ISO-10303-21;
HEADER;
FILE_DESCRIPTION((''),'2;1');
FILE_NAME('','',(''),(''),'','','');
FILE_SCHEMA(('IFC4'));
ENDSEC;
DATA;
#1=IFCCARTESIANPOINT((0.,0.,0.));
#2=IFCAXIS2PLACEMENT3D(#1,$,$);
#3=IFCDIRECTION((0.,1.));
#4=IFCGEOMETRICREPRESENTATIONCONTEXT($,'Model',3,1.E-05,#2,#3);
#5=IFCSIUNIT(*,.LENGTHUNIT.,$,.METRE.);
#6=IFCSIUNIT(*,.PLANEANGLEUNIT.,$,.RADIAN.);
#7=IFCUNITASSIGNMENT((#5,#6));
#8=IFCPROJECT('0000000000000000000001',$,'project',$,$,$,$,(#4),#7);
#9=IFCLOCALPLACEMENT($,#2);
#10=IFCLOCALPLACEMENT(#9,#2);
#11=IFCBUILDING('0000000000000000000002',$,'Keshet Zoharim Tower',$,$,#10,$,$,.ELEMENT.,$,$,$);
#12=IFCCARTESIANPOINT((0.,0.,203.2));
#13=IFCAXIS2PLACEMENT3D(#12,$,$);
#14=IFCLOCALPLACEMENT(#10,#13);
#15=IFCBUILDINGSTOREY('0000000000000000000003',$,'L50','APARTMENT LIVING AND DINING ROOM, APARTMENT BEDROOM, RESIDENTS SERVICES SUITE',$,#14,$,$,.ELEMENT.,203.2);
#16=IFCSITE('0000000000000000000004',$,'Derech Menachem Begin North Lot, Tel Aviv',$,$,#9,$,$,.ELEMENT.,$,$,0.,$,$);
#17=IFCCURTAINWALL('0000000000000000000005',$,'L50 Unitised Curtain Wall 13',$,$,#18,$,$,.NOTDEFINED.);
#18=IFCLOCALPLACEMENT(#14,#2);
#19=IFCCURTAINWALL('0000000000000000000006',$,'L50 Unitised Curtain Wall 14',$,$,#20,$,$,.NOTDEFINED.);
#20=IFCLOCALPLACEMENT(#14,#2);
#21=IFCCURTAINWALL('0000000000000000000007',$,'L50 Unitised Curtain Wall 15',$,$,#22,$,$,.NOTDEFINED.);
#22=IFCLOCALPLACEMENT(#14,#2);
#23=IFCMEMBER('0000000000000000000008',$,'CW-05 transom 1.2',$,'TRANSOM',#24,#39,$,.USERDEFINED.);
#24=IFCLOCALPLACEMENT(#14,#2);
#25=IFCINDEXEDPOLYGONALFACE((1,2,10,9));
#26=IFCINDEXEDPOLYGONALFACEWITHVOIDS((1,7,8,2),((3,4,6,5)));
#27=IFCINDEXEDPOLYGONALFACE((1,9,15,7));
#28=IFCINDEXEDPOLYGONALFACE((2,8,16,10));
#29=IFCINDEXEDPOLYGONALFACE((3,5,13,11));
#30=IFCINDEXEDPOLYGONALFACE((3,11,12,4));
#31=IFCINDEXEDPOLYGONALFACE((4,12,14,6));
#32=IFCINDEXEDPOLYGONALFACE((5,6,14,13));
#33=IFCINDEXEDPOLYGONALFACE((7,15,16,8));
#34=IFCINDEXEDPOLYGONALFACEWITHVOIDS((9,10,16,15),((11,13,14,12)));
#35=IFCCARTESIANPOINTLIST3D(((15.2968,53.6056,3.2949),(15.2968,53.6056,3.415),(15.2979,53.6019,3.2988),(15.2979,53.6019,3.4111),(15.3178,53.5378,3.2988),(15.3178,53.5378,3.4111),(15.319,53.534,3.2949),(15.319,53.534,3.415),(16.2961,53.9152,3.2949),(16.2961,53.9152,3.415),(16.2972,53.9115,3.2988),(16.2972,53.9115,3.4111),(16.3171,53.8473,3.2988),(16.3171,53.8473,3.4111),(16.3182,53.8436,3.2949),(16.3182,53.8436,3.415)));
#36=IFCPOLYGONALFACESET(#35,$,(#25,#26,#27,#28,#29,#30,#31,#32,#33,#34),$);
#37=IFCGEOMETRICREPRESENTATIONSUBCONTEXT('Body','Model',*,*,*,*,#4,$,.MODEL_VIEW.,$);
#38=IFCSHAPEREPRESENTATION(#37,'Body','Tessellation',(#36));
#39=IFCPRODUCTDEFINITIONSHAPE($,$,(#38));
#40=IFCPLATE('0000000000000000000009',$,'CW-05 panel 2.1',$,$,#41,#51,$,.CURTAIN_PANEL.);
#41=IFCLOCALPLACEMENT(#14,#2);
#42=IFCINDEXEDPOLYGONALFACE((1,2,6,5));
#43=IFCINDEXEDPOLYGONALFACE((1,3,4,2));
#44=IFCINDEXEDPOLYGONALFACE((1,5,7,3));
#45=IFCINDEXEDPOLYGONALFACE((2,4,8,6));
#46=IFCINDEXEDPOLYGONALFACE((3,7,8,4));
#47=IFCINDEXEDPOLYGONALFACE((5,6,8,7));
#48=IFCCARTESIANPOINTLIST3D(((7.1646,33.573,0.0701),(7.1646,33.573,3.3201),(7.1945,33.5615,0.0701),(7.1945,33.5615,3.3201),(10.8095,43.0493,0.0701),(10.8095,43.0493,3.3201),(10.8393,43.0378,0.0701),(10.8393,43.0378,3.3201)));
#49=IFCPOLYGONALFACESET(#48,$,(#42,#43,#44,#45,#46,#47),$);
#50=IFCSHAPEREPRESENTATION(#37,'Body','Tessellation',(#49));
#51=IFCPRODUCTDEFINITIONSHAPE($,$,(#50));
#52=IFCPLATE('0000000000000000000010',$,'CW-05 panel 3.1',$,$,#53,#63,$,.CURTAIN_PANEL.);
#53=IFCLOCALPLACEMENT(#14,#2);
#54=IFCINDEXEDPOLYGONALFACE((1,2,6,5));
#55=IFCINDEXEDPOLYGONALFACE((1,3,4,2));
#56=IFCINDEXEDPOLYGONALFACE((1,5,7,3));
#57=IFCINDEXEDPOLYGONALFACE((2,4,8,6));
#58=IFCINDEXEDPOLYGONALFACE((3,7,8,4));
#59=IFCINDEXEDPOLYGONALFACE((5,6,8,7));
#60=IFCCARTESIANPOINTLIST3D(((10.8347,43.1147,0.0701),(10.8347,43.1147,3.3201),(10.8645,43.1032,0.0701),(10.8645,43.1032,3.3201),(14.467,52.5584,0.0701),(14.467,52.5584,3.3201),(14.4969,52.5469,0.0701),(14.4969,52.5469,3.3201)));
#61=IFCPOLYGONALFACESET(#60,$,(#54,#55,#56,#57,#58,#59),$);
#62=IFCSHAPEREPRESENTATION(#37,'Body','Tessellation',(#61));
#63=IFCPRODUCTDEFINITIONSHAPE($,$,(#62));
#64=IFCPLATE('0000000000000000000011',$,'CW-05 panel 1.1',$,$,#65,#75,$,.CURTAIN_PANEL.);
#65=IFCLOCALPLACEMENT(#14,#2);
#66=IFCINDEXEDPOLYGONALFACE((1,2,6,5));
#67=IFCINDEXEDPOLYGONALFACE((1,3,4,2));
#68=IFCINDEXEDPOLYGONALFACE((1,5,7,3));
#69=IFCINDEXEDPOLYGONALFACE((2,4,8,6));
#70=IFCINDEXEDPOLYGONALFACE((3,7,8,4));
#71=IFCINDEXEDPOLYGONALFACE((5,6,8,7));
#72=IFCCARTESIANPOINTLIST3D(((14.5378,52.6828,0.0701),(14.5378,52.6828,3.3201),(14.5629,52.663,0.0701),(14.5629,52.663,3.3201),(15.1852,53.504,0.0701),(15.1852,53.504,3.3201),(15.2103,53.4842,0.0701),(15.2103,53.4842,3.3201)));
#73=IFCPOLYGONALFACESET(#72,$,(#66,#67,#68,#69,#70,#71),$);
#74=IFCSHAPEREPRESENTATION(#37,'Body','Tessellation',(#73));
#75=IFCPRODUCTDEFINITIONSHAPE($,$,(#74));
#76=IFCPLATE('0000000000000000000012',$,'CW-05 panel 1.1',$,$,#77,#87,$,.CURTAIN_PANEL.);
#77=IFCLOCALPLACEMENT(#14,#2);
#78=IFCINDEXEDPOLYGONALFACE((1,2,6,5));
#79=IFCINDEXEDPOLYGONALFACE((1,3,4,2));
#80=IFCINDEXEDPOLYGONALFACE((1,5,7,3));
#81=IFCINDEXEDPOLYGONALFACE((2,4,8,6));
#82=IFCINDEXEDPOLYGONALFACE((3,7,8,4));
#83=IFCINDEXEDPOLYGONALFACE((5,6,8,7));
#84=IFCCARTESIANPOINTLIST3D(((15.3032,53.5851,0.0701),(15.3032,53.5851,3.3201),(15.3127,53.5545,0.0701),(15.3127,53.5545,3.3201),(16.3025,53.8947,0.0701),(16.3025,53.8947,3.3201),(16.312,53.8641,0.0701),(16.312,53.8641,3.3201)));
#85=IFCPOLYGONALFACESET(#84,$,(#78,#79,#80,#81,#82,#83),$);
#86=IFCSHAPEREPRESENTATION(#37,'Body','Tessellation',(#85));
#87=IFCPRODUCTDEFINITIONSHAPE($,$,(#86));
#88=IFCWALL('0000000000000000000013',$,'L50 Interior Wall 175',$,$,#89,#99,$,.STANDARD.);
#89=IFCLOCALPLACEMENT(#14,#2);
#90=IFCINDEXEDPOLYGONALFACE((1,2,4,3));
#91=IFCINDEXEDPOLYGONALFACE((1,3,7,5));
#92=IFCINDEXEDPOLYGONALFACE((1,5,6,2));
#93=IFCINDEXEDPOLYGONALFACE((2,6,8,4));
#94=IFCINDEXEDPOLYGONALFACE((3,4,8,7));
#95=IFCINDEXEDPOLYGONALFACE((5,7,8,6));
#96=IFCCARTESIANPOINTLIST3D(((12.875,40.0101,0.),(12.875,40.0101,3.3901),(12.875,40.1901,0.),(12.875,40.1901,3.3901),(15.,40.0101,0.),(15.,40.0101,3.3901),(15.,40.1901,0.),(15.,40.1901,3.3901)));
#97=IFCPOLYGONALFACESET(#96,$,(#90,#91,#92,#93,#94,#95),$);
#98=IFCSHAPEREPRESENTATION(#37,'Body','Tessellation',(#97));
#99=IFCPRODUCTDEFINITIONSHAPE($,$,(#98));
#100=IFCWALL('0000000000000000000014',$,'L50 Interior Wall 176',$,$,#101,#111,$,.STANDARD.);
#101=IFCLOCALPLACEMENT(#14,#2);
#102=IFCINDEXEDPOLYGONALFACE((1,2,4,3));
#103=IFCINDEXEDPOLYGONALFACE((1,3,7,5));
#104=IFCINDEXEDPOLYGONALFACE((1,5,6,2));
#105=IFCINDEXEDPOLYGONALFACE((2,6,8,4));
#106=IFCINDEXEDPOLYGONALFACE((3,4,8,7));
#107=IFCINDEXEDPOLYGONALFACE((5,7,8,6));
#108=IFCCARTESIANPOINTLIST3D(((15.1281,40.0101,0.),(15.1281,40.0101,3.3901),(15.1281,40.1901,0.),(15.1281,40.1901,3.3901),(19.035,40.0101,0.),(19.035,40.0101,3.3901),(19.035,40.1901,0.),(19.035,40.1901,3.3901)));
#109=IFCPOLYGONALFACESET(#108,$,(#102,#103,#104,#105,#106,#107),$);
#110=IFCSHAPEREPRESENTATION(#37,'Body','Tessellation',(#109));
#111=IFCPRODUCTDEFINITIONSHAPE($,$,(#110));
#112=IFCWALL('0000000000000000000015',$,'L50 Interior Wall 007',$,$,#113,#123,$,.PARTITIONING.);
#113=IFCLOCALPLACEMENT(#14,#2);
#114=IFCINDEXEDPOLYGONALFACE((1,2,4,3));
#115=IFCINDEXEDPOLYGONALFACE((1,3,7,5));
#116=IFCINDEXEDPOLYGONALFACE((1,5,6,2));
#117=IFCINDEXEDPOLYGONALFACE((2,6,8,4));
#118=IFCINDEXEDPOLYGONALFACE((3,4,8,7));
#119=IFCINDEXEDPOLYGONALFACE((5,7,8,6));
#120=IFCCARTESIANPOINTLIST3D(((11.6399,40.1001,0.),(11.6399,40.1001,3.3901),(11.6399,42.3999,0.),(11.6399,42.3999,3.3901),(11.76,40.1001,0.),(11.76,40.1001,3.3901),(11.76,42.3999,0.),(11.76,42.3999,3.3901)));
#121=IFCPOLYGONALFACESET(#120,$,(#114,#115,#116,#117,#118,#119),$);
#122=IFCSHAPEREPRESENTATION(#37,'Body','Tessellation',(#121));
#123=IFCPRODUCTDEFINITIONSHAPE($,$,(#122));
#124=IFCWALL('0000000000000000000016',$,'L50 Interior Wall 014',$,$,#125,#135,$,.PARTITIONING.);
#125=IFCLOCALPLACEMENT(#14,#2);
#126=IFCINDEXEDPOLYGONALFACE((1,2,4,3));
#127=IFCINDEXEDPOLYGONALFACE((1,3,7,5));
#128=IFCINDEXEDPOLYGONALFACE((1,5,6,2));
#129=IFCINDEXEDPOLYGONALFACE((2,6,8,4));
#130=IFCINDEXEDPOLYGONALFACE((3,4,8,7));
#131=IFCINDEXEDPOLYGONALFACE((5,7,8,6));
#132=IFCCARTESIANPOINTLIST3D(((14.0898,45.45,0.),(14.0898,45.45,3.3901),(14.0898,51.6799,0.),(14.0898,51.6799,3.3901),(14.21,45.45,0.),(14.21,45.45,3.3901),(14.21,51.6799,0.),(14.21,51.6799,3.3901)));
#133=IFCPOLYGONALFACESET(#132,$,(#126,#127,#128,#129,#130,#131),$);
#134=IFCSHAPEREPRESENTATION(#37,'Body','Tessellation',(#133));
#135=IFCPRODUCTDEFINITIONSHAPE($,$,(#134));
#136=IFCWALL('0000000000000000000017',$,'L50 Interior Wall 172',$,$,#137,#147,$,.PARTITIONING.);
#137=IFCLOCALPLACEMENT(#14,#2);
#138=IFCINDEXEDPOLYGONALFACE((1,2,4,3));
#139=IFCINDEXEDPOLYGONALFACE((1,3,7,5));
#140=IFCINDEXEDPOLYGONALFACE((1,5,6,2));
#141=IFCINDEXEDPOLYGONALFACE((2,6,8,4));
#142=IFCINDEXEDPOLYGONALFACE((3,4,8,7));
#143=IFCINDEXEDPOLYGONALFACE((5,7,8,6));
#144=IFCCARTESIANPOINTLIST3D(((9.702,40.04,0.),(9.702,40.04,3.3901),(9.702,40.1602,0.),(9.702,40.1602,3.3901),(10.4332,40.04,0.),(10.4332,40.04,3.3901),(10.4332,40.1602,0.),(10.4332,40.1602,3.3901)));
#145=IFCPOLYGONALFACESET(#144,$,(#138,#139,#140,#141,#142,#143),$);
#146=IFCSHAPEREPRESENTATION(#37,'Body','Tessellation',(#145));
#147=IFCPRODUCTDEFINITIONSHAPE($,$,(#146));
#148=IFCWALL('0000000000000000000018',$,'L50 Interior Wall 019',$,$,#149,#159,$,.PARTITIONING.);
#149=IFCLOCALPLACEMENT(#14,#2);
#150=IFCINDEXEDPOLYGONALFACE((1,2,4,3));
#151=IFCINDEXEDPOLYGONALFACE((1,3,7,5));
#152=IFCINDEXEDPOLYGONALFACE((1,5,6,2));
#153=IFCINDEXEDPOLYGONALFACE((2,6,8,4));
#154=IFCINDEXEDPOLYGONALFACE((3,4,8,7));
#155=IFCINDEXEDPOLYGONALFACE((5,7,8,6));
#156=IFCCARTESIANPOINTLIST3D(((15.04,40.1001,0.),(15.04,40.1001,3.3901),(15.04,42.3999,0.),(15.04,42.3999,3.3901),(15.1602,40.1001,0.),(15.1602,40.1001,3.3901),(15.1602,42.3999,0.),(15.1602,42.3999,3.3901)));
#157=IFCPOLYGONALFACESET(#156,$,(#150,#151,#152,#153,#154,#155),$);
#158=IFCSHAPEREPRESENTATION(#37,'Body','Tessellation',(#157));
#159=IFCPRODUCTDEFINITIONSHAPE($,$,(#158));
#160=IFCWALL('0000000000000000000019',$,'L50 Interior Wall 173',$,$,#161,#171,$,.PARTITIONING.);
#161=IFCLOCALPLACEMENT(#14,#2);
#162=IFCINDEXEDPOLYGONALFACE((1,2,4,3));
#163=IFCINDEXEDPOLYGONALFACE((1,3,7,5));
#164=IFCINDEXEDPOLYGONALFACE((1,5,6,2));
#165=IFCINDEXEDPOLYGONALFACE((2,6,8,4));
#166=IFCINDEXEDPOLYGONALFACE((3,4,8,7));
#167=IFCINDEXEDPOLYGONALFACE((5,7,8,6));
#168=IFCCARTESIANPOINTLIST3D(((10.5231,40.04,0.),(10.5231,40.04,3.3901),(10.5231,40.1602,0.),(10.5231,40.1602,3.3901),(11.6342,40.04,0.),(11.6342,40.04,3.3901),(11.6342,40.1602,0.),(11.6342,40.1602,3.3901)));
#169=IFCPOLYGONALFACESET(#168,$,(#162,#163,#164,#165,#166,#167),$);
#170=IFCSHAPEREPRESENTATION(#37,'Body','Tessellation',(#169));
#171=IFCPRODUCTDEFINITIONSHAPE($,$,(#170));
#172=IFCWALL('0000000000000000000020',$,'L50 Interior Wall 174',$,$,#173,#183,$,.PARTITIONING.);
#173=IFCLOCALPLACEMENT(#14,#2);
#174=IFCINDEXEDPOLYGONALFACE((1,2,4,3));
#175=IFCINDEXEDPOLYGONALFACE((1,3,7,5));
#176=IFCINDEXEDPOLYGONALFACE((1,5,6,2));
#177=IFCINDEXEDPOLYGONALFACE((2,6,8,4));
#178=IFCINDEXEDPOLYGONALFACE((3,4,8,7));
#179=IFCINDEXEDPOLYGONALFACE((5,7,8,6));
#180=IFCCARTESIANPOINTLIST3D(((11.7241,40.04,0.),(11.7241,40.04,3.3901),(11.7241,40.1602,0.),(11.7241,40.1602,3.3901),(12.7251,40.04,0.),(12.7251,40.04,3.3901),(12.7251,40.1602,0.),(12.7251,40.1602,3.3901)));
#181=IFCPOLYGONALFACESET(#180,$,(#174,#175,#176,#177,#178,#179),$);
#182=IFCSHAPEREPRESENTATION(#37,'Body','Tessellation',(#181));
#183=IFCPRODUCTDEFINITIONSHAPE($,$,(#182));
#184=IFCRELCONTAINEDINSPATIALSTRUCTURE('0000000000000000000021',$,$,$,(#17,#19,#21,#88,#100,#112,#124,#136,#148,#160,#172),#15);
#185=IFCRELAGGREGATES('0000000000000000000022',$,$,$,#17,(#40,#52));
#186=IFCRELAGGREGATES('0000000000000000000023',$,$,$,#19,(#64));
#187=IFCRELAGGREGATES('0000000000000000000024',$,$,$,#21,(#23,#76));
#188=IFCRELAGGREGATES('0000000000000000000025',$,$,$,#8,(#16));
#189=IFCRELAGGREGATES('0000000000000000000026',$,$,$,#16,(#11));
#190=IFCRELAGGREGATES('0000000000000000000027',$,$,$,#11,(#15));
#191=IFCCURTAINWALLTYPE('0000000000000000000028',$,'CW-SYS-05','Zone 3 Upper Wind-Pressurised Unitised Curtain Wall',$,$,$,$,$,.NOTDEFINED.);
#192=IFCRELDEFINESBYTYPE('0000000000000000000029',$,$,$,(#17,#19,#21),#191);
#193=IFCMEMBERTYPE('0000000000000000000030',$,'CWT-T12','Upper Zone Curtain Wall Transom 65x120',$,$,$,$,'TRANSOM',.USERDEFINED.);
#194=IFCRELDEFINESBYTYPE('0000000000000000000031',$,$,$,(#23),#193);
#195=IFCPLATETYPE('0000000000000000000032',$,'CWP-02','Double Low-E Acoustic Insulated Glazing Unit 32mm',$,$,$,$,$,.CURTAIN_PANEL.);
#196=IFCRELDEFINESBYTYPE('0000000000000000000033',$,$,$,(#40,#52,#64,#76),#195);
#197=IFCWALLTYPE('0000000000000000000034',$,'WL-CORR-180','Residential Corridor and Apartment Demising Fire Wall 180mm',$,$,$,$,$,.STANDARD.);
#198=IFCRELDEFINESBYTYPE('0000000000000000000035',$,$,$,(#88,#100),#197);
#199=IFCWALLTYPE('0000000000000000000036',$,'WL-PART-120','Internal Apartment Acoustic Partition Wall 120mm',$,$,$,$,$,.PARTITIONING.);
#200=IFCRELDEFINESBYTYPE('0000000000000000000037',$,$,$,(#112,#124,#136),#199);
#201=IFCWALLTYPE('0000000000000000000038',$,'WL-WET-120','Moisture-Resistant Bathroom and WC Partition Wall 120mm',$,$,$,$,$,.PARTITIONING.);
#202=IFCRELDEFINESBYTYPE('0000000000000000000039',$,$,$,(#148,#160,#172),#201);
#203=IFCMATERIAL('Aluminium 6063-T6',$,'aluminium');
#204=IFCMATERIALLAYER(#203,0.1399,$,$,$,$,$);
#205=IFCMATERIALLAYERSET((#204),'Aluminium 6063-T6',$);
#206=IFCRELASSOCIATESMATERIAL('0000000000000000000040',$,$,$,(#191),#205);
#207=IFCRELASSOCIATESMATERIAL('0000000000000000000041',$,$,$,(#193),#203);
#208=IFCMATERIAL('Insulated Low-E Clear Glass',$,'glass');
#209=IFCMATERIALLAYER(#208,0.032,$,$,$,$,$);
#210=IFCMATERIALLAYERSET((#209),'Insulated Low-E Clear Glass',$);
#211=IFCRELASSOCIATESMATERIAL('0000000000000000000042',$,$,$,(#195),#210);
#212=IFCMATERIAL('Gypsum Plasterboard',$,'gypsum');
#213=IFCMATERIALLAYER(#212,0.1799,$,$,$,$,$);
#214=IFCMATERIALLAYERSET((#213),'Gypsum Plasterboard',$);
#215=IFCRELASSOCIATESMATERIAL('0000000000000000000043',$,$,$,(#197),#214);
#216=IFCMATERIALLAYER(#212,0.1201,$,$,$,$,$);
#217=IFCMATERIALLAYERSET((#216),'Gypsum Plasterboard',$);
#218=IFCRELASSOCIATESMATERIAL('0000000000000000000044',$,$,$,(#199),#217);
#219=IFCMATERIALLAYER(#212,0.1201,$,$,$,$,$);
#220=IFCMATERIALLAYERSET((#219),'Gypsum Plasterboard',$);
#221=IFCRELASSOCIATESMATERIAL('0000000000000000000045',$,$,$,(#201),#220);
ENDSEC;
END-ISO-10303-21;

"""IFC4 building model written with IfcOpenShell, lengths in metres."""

from ifc_helpers import new_model, si_unit, direction, frame, frame_2d, origin, origin_2d, place, context, subcontext, project, spatial, rectangle, hollow_rectangle, extrude, material, layer, layer_set, material_profile, profile_set, type_object, element, aggregate, save


model = new_model("IFC4")

# Units and contexts
model_context = context("Model", 3, precision=1e-05, world=origin(), true_north=direction((0.0, 1.0)))
body_context = subcontext(model_context, "Body", "Model", "MODEL_VIEW")
ifc_project = project(units=[si_unit("LENGTHUNIT", "METRE"), si_unit("PLANEANGLEUNIT", "RADIAN")], contexts=[model_context])

# Site, building, storey
site_placement = place(None, origin())
site = spatial("IfcSite", under=ifc_project, at=site_placement, Name="Derech Menachem Begin North Lot, Tel Aviv", CompositionType="ELEMENT", RefElevation=0.0)
building_placement = place(site_placement, origin())
building = spatial("IfcBuilding", under=site, at=building_placement, Name="Keshet Zoharim Tower", CompositionType="ELEMENT")
storey_placement = place(building_placement, frame((0.0, 0.0, 203.2)))
storey = spatial("IfcBuildingStorey", under=building, at=storey_placement, Name="L50", Description="APARTMENT LIVING AND DINING ROOM, APARTMENT BEDROOM, RESIDENTS SERVICES SUITE", CompositionType="ELEMENT", Elevation=203.2)

# Curtain walls
ifc_material_1 = material(Name="Aluminium 6063-T6", Category="aluminium")
ifc_layer_1 = layer(ifc_material_1, 0.1399)
ifc_layer_set_1 = layer_set([ifc_layer_1], Name="Aluminium 6063-T6")
curtain_wall_type = type_object("IfcCurtainWallType", Name="CW-SYS-05", Description="Zone 3 Upper Wind-Pressurised Unitised Curtain Wall", PredefinedType="NOTDEFINED", material=ifc_layer_set_1)
curtain_wall_1_placement = place(storey_placement, origin())
curtain_wall_1 = element("IfcCurtainWall", 1, at=curtain_wall_1_placement, inside=storey, type_object=curtain_wall_type, Name="L50 Unitised Curtain Wall 13", PredefinedType="NOTDEFINED")
curtain_wall_2_placement = place(storey_placement, origin())
curtain_wall_2 = element("IfcCurtainWall", 2, at=curtain_wall_2_placement, inside=storey, type_object=curtain_wall_type, Name="L50 Unitised Curtain Wall 14", PredefinedType="NOTDEFINED")
curtain_wall_3_placement = place(storey_placement, origin())
curtain_wall_3 = element("IfcCurtainWall", 3, at=curtain_wall_3_placement, inside=storey, type_object=curtain_wall_type, Name="L50 Unitised Curtain Wall 15", PredefinedType="NOTDEFINED")

# Member
ifc_material_profile_1 = material_profile(ifc_material_1, hollow_rectangle(XDim=0.075, YDim=0.1201, WallThickness=0.0039, at=origin_2d()), Name="TRN-75x120")
ifc_profile_set_1 = profile_set([ifc_material_profile_1], Name="Aluminium 6063-T6")
member_type_1 = type_object("IfcMemberType", Name="CWT-T12", Description="Upper Zone Curtain Wall Transom 65x120", ElementType="TRANSOM", PredefinedType="USERDEFINED", material=ifc_profile_set_1)
member_1_placement = place(storey_placement, frame((15.3079, 53.5698, 3.355), z_axis=(0.955212, 0.295922, 0.0), x_axis=(-0.295922, 0.955212, 0.0)))
member_1 = element("IfcMember", 4, at=member_1_placement, type_object=member_type_1, Name="CW-05 transom 1.2", ObjectType="TRANSOM", PredefinedType="USERDEFINED", context=body_context, shape_type="SweptSolid", body=[
    extrude(hollow_rectangle(XDim=0.075, YDim=0.1201, WallThickness=0.0039, at=origin_2d()), origin(), (0.0, 0.0, 1.0), 1.0461),
])

# Plates
ifc_material_2 = material(Name="Insulated Low-E Clear Glass", Category="glass")
ifc_layer_2 = layer(ifc_material_2, 0.032)
ifc_layer_set_2 = layer_set([ifc_layer_2], Name="Insulated Low-E Clear Glass")
plate_type = type_object("IfcPlateType", Name="CWP-02", Description="Double Low-E Acoustic Insulated Glazing Unit 32mm", PredefinedType="CURTAIN_PANEL", material=ifc_layer_set_2)
plate_1_placement = place(storey_placement, frame((9.002, 38.3054, 0.0701), z_axis=(0.0, 0.0, 1.0), x_axis=(0.35899, 0.933341, 0.0)))
plate_1 = element("IfcPlate", 5, at=plate_1_placement, type_object=plate_type, Name="CW-05 panel 2.1", PredefinedType="CURTAIN_PANEL", context=body_context, shape_type="SweptSolid", body=[
    extrude(rectangle(XDim=10.1531, YDim=0.032, at=origin_2d()), origin(), (0.0, 0.0, 1.0), 3.25),
])
plate_2_placement = place(storey_placement, frame((12.6658, 47.8308, 0.0701), z_axis=(0.0, 0.0, 1.0), x_axis=(0.35899, 0.933341, 0.0)))
plate_2 = element("IfcPlate", 6, at=plate_2_placement, type_object=plate_type, Name="CW-05 panel 3.1", PredefinedType="CURTAIN_PANEL", context=body_context, shape_type="SweptSolid", body=[
    extrude(rectangle(XDim=10.1182, YDim=0.032, at=origin_2d()), origin(), (0.0, 0.0, 1.0), 3.25),
])
aggregate(curtain_wall_1, [plate_1, plate_2])
plate_3_placement = place(storey_placement, frame((14.874, 53.0835, 0.0701), z_axis=(0.0, 0.0, 1.0), x_axis=(0.619125, 0.785293, 0.0)))
plate_3 = element("IfcPlate", 7, at=plate_3_placement, type_object=plate_type, Name="CW-05 panel 1.1", PredefinedType="CURTAIN_PANEL", context=body_context, shape_type="SweptSolid", body=[
    extrude(rectangle(XDim=1.0457, YDim=0.032, at=origin_2d()), origin(), (0.0, 0.0, 1.0), 3.25),
])
aggregate(curtain_wall_2, [plate_3])
plate_4_placement = place(storey_placement, frame((15.8076, 53.7246, 0.0701), z_axis=(0.0, 0.0, 1.0), x_axis=(0.955212, 0.295922, 0.0)))
plate_4 = element("IfcPlate", 8, at=plate_4_placement, type_object=plate_type, Name="CW-05 panel 1.1", PredefinedType="CURTAIN_PANEL", context=body_context, shape_type="SweptSolid", body=[
    extrude(rectangle(XDim=1.0461, YDim=0.032, at=origin_2d()), origin(), (0.0, 0.0, 1.0), 3.25),
])
aggregate(curtain_wall_3, [member_1, plate_4])

# Walls
ifc_material_3 = material(Name="Gypsum Plasterboard", Category="gypsum")
ifc_layer_3 = layer(ifc_material_3, 0.1799)
ifc_layer_set_3 = layer_set([ifc_layer_3], Name="Gypsum Plasterboard")
wall_type_1 = type_object("IfcWallType", Name="WL-CORR-180", Description="Residential Corridor and Apartment Demising Fire Wall 180mm", PredefinedType="STANDARD", material=ifc_layer_set_3)
wall_1_placement = place(storey_placement, frame((12.875, 40.1001, 0.0), z_axis=(0.0, 0.0, 1.0), x_axis=(1.0, 0.0, 0.0)))
element("IfcWall", 9, at=wall_1_placement, inside=storey, type_object=wall_type_1, Name="L50 Interior Wall 175", PredefinedType="STANDARD", context=body_context, shape_type="SweptSolid", body=[
    extrude(rectangle(XDim=2.125, YDim=0.1799, at=frame_2d((1.0625, 0.0))), origin(), (0.0, 0.0, 1.0), 3.3901),
])
wall_2_placement = place(storey_placement, frame((15.1279, 40.1001, 0.0), z_axis=(0.0, 0.0, 1.0), x_axis=(1.0, 0.0, 0.0)))
element("IfcWall", 10, at=wall_2_placement, inside=storey, type_object=wall_type_1, Name="L50 Interior Wall 176", PredefinedType="STANDARD", context=body_context, shape_type="SweptSolid", body=[
    extrude(rectangle(XDim=3.907, YDim=0.1799, at=frame_2d((1.9536, 0.0))), origin(), (0.0, 0.0, 1.0), 3.3901),
])
ifc_layer_4 = layer(ifc_material_3, 0.1201)
ifc_layer_set_4 = layer_set([ifc_layer_4], Name="Gypsum Plasterboard")
wall_type_2 = type_object("IfcWallType", Name="WL-PART-120", Description="Internal Apartment Acoustic Partition Wall 120mm", PredefinedType="PARTITIONING", material=ifc_layer_set_4)
wall_3_placement = place(storey_placement, frame((11.7, 40.1001, 0.0), z_axis=(0.0, 0.0, 1.0), x_axis=(0.0, 1.0, 0.0)))
element("IfcWall", 11, at=wall_3_placement, inside=storey, type_object=wall_type_2, Name="L50 Interior Wall 007", PredefinedType="PARTITIONING", context=body_context, shape_type="SweptSolid", body=[
    extrude(rectangle(XDim=2.2998, YDim=0.1201, at=frame_2d((1.1499, 0.0))), origin(), (0.0, 0.0, 1.0), 3.3901),
])
wall_4_placement = place(storey_placement, frame((14.1499, 45.45, 0.0), z_axis=(0.0, 0.0, 1.0), x_axis=(0.0, 1.0, 0.0)))
element("IfcWall", 12, at=wall_4_placement, inside=storey, type_object=wall_type_2, Name="L50 Interior Wall 014", PredefinedType="PARTITIONING", context=body_context, shape_type="SweptSolid", body=[
    extrude(rectangle(XDim=6.23, YDim=0.1201, at=frame_2d((3.115, 0.0))), origin(), (0.0, 0.0, 1.0), 3.3901),
])
wall_5_placement = place(storey_placement, frame((9.7019, 40.1001, 0.0), z_axis=(0.0, 0.0, 1.0), x_axis=(1.0, 0.0, 0.0)))
element("IfcWall", 13, at=wall_5_placement, inside=storey, type_object=wall_type_2, Name="L50 Interior Wall 172", PredefinedType="PARTITIONING", context=body_context, shape_type="SweptSolid", body=[
    extrude(rectangle(XDim=0.7312, YDim=0.1201, at=frame_2d((0.3657, 0.0))), origin(), (0.0, 0.0, 1.0), 3.3901),
])

# Walls
ifc_layer_5 = layer(ifc_material_3, 0.1201)
ifc_layer_set_5 = layer_set([ifc_layer_5], Name="Gypsum Plasterboard")
wall_type_3 = type_object("IfcWallType", Name="WL-WET-120", Description="Moisture-Resistant Bathroom and WC Partition Wall 120mm", PredefinedType="PARTITIONING", material=ifc_layer_set_5)
wall_6_placement = place(storey_placement, frame((15.1001, 40.1001, 0.0), z_axis=(0.0, 0.0, 1.0), x_axis=(0.0, 1.0, 0.0)))
element("IfcWall", 14, at=wall_6_placement, inside=storey, type_object=wall_type_3, Name="L50 Interior Wall 019", PredefinedType="PARTITIONING", context=body_context, shape_type="SweptSolid", body=[
    extrude(rectangle(XDim=2.2998, YDim=0.1201, at=frame_2d((1.1499, 0.0))), origin(), (0.0, 0.0, 1.0), 3.3901),
])
wall_7_placement = place(storey_placement, frame((10.5229, 40.1001, 0.0), z_axis=(0.0, 0.0, 1.0), x_axis=(1.0, 0.0, 0.0)))
element("IfcWall", 15, at=wall_7_placement, inside=storey, type_object=wall_type_3, Name="L50 Interior Wall 173", PredefinedType="PARTITIONING", context=body_context, shape_type="SweptSolid", body=[
    extrude(rectangle(XDim=1.1111, YDim=0.1201, at=frame_2d((0.5557, 0.0))), origin(), (0.0, 0.0, 1.0), 3.3901),
])
wall_8_placement = place(storey_placement, frame((11.7241, 40.1001, 0.0), z_axis=(0.0, 0.0, 1.0), x_axis=(1.0, 0.0, 0.0)))
element("IfcWall", 16, at=wall_8_placement, inside=storey, type_object=wall_type_3, Name="L50 Interior Wall 174", PredefinedType="PARTITIONING", context=body_context, shape_type="SweptSolid", body=[
    extrude(rectangle(XDim=1.001, YDim=0.1201, at=frame_2d((0.5005, 0.0))), origin(), (0.0, 0.0, 1.0), 3.3901),
])

save(model, "model.ifc")
